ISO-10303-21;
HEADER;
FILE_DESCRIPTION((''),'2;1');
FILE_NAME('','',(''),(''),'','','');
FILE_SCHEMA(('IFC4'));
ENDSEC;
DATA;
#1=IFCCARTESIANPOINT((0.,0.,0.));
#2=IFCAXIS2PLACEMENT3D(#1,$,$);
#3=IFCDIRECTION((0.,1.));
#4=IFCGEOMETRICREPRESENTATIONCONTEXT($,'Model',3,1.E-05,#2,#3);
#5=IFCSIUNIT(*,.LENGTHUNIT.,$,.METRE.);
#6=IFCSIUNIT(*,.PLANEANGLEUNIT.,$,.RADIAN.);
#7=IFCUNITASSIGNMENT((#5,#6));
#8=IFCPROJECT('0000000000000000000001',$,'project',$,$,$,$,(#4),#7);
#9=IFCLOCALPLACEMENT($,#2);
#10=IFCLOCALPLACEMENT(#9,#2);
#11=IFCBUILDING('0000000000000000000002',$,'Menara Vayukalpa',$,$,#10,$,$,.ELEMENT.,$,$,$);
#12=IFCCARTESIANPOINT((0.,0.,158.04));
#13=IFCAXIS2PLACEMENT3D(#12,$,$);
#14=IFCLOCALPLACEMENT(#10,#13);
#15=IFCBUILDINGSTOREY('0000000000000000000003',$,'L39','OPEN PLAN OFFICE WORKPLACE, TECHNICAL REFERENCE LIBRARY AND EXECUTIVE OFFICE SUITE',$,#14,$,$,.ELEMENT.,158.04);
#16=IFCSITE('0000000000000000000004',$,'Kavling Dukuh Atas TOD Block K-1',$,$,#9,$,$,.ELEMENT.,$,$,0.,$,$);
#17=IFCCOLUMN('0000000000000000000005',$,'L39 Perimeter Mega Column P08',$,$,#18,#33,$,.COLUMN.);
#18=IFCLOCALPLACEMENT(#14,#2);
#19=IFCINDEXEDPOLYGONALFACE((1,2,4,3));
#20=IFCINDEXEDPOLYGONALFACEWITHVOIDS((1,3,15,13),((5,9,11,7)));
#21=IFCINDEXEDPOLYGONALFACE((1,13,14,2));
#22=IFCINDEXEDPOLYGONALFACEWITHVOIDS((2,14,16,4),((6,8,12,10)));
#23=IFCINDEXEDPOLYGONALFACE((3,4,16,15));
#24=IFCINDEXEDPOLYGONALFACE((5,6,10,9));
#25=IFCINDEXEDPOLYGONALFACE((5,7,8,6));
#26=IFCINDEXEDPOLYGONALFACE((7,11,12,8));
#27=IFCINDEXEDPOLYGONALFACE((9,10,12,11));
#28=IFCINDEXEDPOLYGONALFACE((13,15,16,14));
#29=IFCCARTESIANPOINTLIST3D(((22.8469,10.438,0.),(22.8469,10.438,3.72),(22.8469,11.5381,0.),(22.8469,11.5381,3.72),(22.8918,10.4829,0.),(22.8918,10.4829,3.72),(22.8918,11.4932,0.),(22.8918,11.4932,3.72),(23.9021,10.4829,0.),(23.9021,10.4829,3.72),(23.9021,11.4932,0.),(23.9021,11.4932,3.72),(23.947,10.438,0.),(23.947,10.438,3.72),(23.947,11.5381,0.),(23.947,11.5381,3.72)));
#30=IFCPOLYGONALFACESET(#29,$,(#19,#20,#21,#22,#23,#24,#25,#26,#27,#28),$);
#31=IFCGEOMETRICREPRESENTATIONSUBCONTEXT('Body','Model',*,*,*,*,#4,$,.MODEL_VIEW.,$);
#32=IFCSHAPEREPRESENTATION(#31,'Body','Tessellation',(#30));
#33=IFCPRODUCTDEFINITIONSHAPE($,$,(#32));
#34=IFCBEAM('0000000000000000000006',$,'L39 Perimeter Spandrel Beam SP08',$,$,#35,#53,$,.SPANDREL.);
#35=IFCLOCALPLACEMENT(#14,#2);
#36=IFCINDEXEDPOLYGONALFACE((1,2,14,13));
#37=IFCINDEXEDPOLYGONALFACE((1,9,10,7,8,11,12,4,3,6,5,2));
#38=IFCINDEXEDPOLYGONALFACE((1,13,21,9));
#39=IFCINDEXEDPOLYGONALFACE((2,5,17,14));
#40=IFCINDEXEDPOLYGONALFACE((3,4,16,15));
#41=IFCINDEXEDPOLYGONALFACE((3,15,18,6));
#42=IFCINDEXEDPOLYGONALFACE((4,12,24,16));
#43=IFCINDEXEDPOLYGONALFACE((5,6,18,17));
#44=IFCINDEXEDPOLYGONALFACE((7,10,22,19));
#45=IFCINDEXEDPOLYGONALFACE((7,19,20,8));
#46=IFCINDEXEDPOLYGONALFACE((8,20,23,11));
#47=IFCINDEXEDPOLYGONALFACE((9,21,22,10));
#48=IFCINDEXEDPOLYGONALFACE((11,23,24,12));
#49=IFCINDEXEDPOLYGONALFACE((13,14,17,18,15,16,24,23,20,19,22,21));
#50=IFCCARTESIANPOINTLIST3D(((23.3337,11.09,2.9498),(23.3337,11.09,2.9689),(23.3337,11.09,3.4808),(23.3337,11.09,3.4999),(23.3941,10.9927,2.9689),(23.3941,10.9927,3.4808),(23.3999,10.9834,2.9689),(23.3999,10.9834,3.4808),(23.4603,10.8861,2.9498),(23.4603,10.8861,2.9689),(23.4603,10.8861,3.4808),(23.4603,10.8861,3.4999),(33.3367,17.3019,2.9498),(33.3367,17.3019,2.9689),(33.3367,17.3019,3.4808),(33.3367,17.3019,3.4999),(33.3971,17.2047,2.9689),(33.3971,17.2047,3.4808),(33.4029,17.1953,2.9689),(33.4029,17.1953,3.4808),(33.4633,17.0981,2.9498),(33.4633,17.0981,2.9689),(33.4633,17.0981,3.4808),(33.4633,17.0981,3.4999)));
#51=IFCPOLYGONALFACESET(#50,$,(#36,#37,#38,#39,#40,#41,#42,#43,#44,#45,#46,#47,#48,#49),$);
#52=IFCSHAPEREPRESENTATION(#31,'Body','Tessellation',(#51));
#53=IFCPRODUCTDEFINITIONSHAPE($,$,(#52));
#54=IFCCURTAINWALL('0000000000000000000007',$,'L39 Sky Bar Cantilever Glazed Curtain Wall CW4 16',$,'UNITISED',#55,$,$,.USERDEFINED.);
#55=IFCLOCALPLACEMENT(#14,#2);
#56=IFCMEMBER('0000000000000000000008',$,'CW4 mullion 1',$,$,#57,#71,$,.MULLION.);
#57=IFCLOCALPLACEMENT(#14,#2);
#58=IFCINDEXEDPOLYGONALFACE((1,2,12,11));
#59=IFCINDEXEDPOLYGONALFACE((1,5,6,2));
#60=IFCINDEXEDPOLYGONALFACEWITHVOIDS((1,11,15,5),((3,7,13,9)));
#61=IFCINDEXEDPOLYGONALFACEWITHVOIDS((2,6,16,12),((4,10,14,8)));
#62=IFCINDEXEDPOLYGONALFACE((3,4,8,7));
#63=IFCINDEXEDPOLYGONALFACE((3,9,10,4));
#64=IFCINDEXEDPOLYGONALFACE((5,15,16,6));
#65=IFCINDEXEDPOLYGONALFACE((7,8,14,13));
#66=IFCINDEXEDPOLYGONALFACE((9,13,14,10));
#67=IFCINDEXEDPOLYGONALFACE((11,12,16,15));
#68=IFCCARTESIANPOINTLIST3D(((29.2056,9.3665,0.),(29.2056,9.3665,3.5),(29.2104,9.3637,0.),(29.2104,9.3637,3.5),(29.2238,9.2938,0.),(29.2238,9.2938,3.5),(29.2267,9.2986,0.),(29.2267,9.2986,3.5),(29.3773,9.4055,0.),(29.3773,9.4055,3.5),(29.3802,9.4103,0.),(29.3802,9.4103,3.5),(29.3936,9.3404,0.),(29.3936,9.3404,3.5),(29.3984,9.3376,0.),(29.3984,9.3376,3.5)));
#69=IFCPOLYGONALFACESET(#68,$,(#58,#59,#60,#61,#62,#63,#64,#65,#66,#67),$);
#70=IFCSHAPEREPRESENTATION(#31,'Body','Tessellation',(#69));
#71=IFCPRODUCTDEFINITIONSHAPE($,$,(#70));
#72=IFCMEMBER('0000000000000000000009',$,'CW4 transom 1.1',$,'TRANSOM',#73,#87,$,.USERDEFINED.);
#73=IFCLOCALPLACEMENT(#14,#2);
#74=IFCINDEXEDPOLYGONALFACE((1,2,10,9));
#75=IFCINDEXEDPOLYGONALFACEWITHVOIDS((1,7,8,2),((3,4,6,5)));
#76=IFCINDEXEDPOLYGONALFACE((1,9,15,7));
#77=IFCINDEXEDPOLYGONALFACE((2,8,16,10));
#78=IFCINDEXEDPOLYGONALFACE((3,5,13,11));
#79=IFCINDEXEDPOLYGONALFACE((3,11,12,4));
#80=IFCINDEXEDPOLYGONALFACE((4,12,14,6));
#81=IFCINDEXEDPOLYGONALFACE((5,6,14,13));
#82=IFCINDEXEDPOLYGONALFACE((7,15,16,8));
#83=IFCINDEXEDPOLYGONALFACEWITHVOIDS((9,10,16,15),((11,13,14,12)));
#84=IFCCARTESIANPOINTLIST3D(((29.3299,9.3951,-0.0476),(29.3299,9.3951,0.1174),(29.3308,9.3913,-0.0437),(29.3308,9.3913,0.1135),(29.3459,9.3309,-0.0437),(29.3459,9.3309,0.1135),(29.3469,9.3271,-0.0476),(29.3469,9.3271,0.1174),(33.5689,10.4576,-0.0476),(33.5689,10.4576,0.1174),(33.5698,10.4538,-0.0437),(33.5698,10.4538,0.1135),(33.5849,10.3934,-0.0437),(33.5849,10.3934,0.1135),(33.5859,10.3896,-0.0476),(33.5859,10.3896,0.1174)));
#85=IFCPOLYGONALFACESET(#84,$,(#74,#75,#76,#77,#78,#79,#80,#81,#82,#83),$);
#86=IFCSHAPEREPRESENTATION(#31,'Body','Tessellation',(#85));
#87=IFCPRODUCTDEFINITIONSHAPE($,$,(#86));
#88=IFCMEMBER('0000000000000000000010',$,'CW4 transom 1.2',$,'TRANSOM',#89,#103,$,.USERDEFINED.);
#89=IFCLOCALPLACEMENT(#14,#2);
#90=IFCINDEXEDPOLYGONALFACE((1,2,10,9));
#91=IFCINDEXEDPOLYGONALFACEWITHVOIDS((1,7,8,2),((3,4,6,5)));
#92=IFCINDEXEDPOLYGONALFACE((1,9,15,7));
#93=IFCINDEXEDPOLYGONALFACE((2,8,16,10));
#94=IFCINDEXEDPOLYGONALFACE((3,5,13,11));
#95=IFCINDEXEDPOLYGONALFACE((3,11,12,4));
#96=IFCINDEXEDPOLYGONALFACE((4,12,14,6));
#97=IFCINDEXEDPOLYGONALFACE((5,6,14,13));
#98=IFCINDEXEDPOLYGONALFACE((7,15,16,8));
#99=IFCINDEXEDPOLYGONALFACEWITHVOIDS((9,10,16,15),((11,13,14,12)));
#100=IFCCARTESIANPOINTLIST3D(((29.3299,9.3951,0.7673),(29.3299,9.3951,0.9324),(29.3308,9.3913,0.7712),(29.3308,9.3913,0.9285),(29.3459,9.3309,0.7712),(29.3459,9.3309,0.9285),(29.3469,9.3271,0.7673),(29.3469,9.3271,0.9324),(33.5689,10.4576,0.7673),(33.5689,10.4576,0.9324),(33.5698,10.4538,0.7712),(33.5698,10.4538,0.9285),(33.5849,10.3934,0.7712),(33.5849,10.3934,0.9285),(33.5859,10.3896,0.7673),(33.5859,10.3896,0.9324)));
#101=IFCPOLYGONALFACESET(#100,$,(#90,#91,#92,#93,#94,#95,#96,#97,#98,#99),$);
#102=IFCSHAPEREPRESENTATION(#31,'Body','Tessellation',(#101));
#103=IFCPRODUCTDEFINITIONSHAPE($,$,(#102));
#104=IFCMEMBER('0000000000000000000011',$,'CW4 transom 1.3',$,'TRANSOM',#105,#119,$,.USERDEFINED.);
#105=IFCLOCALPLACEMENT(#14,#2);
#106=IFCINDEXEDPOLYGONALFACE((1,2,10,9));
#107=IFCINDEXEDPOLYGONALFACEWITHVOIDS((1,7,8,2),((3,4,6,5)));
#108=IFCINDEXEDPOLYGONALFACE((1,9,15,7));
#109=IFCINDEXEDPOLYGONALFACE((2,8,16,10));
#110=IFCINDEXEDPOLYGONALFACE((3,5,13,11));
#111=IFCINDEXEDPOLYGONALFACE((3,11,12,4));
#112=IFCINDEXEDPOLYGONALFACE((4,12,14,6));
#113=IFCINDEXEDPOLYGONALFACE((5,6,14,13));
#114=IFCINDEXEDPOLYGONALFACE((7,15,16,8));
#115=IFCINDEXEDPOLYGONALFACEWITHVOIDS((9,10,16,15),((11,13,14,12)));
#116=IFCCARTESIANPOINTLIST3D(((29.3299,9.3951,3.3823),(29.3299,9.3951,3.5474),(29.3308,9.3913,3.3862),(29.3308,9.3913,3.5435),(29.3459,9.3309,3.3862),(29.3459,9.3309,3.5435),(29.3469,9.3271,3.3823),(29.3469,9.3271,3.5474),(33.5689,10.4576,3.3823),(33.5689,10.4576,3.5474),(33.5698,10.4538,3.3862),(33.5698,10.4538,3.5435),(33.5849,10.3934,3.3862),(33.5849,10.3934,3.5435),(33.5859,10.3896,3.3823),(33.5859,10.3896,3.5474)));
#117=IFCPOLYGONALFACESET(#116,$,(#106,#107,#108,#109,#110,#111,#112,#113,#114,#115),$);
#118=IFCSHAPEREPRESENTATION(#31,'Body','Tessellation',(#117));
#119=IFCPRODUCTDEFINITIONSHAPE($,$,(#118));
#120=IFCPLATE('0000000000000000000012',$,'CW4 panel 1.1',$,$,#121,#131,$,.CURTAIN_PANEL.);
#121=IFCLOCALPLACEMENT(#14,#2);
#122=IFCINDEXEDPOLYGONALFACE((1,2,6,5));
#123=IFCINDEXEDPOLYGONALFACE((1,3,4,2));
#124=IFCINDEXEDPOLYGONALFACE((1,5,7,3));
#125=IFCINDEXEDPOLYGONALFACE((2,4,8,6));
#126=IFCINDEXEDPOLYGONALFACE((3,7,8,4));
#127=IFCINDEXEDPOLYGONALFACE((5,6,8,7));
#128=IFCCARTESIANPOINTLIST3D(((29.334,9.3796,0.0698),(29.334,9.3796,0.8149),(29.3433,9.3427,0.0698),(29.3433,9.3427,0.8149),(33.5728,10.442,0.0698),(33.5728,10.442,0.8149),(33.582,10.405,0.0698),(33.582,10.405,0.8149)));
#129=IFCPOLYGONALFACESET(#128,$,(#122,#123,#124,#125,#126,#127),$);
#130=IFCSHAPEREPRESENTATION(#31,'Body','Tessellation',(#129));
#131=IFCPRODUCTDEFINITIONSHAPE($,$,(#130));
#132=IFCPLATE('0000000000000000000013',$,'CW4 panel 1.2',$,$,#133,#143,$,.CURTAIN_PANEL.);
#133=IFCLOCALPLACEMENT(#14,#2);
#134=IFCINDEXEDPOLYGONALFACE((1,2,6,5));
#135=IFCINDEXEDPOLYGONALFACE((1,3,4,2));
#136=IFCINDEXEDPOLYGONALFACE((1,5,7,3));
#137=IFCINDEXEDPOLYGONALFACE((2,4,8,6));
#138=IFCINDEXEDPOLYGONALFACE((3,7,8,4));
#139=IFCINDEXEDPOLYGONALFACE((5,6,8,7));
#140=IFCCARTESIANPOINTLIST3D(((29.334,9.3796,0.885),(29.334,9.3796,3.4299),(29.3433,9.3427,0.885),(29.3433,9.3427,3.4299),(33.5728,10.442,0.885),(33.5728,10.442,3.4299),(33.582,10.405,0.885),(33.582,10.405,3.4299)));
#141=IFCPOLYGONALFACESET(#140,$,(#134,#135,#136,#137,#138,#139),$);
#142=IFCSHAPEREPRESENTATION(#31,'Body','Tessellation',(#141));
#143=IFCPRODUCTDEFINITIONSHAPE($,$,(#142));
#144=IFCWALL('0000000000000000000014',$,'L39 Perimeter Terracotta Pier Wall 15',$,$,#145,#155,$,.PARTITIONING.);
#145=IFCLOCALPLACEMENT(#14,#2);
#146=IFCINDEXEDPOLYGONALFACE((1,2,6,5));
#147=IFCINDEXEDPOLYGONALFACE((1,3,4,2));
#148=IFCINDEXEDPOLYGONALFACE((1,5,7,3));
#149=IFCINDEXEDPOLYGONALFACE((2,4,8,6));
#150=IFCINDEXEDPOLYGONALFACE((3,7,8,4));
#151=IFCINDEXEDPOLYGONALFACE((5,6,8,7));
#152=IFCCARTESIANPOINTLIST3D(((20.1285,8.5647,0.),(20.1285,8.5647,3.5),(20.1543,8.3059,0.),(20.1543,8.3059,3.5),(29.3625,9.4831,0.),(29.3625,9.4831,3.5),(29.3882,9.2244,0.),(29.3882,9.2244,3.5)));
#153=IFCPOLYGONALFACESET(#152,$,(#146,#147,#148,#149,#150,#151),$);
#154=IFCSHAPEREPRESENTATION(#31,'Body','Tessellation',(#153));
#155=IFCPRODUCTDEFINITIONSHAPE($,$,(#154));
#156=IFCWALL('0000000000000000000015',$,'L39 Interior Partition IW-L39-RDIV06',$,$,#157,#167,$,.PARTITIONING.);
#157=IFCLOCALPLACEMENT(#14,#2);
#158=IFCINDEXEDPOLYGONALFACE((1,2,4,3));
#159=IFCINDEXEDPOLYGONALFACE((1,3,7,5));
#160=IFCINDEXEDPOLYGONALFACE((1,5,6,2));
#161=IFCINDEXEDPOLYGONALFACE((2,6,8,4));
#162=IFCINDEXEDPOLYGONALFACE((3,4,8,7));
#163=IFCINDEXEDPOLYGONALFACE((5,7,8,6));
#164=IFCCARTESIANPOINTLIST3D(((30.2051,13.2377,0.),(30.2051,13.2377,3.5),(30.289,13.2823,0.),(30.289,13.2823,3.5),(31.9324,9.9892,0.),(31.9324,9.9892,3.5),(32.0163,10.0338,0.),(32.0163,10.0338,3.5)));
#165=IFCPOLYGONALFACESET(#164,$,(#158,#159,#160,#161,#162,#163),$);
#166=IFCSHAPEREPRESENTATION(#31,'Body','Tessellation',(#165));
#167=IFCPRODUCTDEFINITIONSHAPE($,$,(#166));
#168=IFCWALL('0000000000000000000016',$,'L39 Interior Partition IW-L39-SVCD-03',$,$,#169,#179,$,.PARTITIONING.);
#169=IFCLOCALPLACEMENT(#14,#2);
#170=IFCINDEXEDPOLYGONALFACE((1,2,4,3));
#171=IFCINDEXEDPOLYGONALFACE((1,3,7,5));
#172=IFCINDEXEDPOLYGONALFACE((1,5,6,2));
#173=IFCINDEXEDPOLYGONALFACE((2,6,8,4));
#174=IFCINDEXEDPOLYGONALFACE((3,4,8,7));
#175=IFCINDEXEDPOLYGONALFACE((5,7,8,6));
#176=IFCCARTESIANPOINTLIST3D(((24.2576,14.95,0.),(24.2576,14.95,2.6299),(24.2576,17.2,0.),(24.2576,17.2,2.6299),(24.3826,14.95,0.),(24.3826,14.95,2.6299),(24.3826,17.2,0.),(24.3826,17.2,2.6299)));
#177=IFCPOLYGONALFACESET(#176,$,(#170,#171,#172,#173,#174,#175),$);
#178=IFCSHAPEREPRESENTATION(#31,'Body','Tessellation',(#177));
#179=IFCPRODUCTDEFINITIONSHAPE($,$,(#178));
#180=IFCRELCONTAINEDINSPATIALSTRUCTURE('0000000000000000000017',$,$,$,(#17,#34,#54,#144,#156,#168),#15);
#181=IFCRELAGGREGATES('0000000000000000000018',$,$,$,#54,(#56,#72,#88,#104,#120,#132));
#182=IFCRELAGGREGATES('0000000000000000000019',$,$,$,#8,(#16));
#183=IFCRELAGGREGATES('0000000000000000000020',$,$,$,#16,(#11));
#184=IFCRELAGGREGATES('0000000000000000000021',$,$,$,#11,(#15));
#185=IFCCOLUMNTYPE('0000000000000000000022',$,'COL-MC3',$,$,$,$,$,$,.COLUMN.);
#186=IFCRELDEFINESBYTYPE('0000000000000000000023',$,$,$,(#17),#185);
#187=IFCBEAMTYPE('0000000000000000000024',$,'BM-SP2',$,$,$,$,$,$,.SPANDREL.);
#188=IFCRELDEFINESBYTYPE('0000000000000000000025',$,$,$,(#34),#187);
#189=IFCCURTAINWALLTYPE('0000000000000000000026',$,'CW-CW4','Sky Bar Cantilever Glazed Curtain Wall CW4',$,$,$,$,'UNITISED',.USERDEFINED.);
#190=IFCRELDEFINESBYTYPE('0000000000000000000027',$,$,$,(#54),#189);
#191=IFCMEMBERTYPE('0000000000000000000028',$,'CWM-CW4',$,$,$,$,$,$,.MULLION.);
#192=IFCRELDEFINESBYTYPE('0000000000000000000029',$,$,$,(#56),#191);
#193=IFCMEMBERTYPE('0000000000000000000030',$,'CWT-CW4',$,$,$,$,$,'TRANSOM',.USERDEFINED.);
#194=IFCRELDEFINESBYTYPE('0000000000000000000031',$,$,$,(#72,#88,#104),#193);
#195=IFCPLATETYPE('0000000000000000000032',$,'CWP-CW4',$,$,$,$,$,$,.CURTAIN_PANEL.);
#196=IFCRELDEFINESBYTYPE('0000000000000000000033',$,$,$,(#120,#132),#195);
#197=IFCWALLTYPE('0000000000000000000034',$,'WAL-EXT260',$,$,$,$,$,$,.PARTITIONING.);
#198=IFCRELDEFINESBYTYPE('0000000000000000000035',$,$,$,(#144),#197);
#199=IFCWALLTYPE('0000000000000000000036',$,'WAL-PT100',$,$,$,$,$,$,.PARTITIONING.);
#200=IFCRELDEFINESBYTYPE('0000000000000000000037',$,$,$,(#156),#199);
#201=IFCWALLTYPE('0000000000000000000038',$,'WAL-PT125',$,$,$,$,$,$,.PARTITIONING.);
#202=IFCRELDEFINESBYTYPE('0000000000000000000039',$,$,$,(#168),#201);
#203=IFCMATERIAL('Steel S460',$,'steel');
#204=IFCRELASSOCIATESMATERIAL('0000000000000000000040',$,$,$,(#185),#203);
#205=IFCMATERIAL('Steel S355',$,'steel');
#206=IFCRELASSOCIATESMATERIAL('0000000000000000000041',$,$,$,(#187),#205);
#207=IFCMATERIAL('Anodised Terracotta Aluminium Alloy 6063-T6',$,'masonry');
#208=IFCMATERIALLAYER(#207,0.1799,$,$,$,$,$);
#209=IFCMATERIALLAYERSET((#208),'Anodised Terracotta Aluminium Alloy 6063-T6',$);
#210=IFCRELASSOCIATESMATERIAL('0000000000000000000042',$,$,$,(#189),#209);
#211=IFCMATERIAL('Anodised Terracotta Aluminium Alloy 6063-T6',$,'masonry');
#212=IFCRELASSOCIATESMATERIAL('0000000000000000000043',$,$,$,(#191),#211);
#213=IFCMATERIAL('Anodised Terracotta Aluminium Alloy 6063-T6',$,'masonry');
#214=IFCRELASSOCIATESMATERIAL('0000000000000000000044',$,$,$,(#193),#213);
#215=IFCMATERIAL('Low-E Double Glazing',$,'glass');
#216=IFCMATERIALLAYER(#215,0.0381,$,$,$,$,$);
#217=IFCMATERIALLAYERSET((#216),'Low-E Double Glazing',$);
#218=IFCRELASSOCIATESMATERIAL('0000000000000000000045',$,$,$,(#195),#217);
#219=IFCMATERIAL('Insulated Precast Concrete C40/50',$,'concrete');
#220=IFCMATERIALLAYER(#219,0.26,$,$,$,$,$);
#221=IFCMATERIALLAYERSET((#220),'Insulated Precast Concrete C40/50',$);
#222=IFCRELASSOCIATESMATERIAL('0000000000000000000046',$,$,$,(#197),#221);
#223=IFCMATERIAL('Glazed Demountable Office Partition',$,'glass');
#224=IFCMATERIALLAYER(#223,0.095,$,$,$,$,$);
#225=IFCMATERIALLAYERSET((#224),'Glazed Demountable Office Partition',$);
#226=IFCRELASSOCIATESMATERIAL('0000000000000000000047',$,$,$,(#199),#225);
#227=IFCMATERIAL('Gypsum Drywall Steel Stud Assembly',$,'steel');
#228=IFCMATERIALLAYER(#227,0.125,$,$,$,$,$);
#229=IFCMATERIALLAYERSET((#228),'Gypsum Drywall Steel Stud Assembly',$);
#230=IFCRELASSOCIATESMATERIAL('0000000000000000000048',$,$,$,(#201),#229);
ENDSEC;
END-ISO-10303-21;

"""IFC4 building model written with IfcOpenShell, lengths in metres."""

from ifc_helpers import new_model, si_unit, direction, frame, frame_2d, origin, origin_2d, place, context, subcontext, project, spatial, rectangle, hollow_rectangle, i_section, extrude, material, layer, layer_set, material_profile, profile_set, type_object, element, aggregate, save


model = new_model("IFC4")

# Units and contexts
model_context = context("Model", 3, precision=1e-05, world=origin(), true_north=direction((0.0, 1.0)))
body_context = subcontext(model_context, "Body", "Model", "MODEL_VIEW")
ifc_project = project(units=[si_unit("LENGTHUNIT", "METRE"), si_unit("PLANEANGLEUNIT", "RADIAN")], contexts=[model_context])

# Site, building, storey
site_placement = place(None, origin())
site = spatial("IfcSite", under=ifc_project, at=site_placement, Name="Kavling Dukuh Atas TOD Block K-1", CompositionType="ELEMENT", RefElevation=0.0)
building_placement = place(site_placement, origin())
building = spatial("IfcBuilding", under=site, at=building_placement, Name="Menara Vayukalpa", CompositionType="ELEMENT")
storey_placement = place(building_placement, frame((0.0, 0.0, 158.04)))
storey = spatial("IfcBuildingStorey", under=building, at=storey_placement, Name="L39", Description="OPEN PLAN OFFICE WORKPLACE, TECHNICAL REFERENCE LIBRARY AND EXECUTIVE OFFICE SUITE", CompositionType="ELEMENT", Elevation=158.04)

# Column
ifc_material_1 = material(Name="Steel S460", Category="steel")
ifc_material_profile_1 = material_profile(ifc_material_1, hollow_rectangle(XDim=1.1001, YDim=1.1001, WallThickness=0.0449, at=origin_2d()), Name="BOX 1100x1100x45")
ifc_profile_set_1 = profile_set([ifc_material_profile_1], Name="Steel S460")
column_type = type_object("IfcColumnType", Name="COL-MC3", PredefinedType="COLUMN", material=ifc_profile_set_1)
column_placement = place(storey_placement, frame((23.397, 10.988, 0.0), z_axis=(0.0, 0.0, 1.0), x_axis=(1.0, 0.0, 0.0)))
element("IfcColumn", 1, at=column_placement, inside=storey, type_object=column_type, Name="L39 Perimeter Mega Column P08", PredefinedType="COLUMN", context=body_context, shape_type="SweptSolid", body=[
    extrude(hollow_rectangle(XDim=1.1001, YDim=1.1001, WallThickness=0.0449, at=origin_2d()), origin(), (0.0, 0.0, 1.0), 3.72),
])

# Beam
ifc_material_2 = material(Name="Steel S355", Category="steel")
ifc_material_profile_2 = material_profile(ifc_material_2, i_section(OverallWidth=0.24, OverallDepth=0.55, WebThickness=0.011, FlangeThickness=0.019, at=origin_2d()), Name="WF 550x240x11x19")
ifc_profile_set_2 = profile_set([ifc_material_profile_2], Name="Steel S355")
beam_type = type_object("IfcBeamType", Name="BM-SP2", PredefinedType="SPANDREL", material=ifc_profile_set_2)
beam_placement = place(storey_placement, frame((23.397, 10.988, 3.2249), z_axis=(0.849518, 0.527559, 0.0), x_axis=(-0.527559, 0.849518, 0.0)))
element("IfcBeam", 2, at=beam_placement, inside=storey, type_object=beam_type, Name="L39 Perimeter Spandrel Beam SP08", PredefinedType="SPANDREL", context=body_context, shape_type="SweptSolid", body=[
    extrude(i_section(OverallWidth=0.24, OverallDepth=0.55, WebThickness=0.011, FlangeThickness=0.019, at=origin_2d()), origin(), (0.0, 0.0, 1.0), 11.7749),
])

# Curtain wall, members, plates
ifc_material_3 = material(Name="Anodised Terracotta Aluminium Alloy 6063-T6", Category="masonry")
ifc_layer_1 = layer(ifc_material_3, 0.1799)
ifc_layer_set_1 = layer_set([ifc_layer_1], Name="Anodised Terracotta Aluminium Alloy 6063-T6")
curtain_wall_type = type_object("IfcCurtainWallType", Name="CW-CW4", Description="Sky Bar Cantilever Glazed Curtain Wall CW4", ElementType="UNITISED", PredefinedType="USERDEFINED", material=ifc_layer_set_1)
curtain_wall_placement = place(storey_placement, origin())
curtain_wall = element("IfcCurtainWall", 3, at=curtain_wall_placement, inside=storey, type_object=curtain_wall_type, Name="L39 Sky Bar Cantilever Glazed Curtain Wall CW4 16", ObjectType="UNITISED", PredefinedType="USERDEFINED")
ifc_material_4 = material(Name="Anodised Terracotta Aluminium Alloy 6063-T6", Category="masonry")
ifc_material_profile_3 = material_profile(ifc_material_4, hollow_rectangle(XDim=0.075, YDim=0.1799, WallThickness=0.0039, at=origin_2d()), Name="ALU 75x180x4")
ifc_profile_set_3 = profile_set([ifc_material_profile_3], Name="Anodised Terracotta Aluminium Alloy 6063-T6")
member_type_1 = type_object("IfcMemberType", Name="CWM-CW4", PredefinedType="MULLION", material=ifc_profile_set_3)
member_1_placement = place(storey_placement, frame((29.302, 9.3521, 0.0), z_axis=(0.0, 0.0, 1.0), x_axis=(-0.243113, 0.969998, 0.0)))
member_1 = element("IfcMember", 4, at=member_1_placement, type_object=member_type_1, Name="CW4 mullion 1", PredefinedType="MULLION", context=body_context, shape_type="SweptSolid", body=[
    extrude(hollow_rectangle(XDim=0.075, YDim=0.1799, WallThickness=0.0039, at=origin_2d()), origin(), (0.0, 0.0, 1.0), 3.5),
])
ifc_material_5 = material(Name="Anodised Terracotta Aluminium Alloy 6063-T6", Category="masonry")
ifc_material_profile_4 = material_profile(ifc_material_5, hollow_rectangle(XDim=0.0701, YDim=0.165, WallThickness=0.0039, at=origin_2d()), Name="ALU 70x165x4")
ifc_profile_set_4 = profile_set([ifc_material_profile_4], Name="Anodised Terracotta Aluminium Alloy 6063-T6")
member_type_2 = type_object("IfcMemberType", Name="CWT-CW4", ElementType="TRANSOM", PredefinedType="USERDEFINED", material=ifc_profile_set_4)
member_2_placement = place(storey_placement, frame((29.3384, 9.3611, 0.0349), z_axis=(0.969994, 0.243127, 0.0), x_axis=(-0.243127, 0.969994, 0.0)))
member_2 = element("IfcMember", 5, at=member_2_placement, type_object=member_type_2, Name="CW4 transom 1.1", ObjectType="TRANSOM", PredefinedType="USERDEFINED", context=body_context, shape_type="SweptSolid", body=[
    extrude(hollow_rectangle(XDim=0.0701, YDim=0.165, WallThickness=0.0039, at=origin_2d()), origin(), (0.0, 0.0, 1.0), 4.3701),
])
member_3_placement = place(storey_placement, frame((29.3384, 9.3611, 0.8499), z_axis=(0.969994, 0.243127, 0.0), x_axis=(-0.243127, 0.969994, 0.0)))
member_3 = element("IfcMember", 6, at=member_3_placement, type_object=member_type_2, Name="CW4 transom 1.2", ObjectType="TRANSOM", PredefinedType="USERDEFINED", context=body_context, shape_type="SweptSolid", body=[
    extrude(hollow_rectangle(XDim=0.0701, YDim=0.165, WallThickness=0.0039, at=origin_2d()), origin(), (0.0, 0.0, 1.0), 4.3701),
])
member_4_placement = place(storey_placement, frame((29.3384, 9.3611, 3.4648), z_axis=(0.969994, 0.243127, 0.0), x_axis=(-0.243127, 0.969994, 0.0)))
member_4 = element("IfcMember", 7, at=member_4_placement, type_object=member_type_2, Name="CW4 transom 1.3", ObjectType="TRANSOM", PredefinedType="USERDEFINED", context=body_context, shape_type="SweptSolid", body=[
    extrude(hollow_rectangle(XDim=0.0701, YDim=0.165, WallThickness=0.0039, at=origin_2d()), origin(), (0.0, 0.0, 1.0), 4.3701),
])
ifc_material_6 = material(Name="Low-E Double Glazing", Category="glass")
ifc_layer_2 = layer(ifc_material_6, 0.0381)
ifc_layer_set_2 = layer_set([ifc_layer_2], Name="Low-E Double Glazing")
plate_type = type_object("IfcPlateType", Name="CWP-CW4", PredefinedType="CURTAIN_PANEL", material=ifc_layer_set_2)
plate_1_placement = place(storey_placement, frame((31.458, 9.8923, 0.0698), z_axis=(0.0, 0.0, 1.0), x_axis=(0.969998, 0.243113, 0.0)))
plate_1 = element("IfcPlate", 8, at=plate_1_placement, type_object=plate_type, Name="CW4 panel 1.1", PredefinedType="CURTAIN_PANEL", context=body_context, shape_type="SweptSolid", body=[
    extrude(rectangle(XDim=4.3699, YDim=0.0381, at=origin_2d()), origin(), (0.0, 0.0, 1.0), 0.7451),
])
plate_2_placement = place(storey_placement, frame((31.458, 9.8923, 0.885), z_axis=(0.0, 0.0, 1.0), x_axis=(0.969998, 0.243113, 0.0)))
plate_2 = element("IfcPlate", 9, at=plate_2_placement, type_object=plate_type, Name="CW4 panel 1.2", PredefinedType="CURTAIN_PANEL", context=body_context, shape_type="SweptSolid", body=[
    extrude(rectangle(XDim=4.3699, YDim=0.0381, at=origin_2d()), origin(), (0.0, 0.0, 1.0), 2.5449),
])
aggregate(curtain_wall, [member_1, member_2, member_3, member_4, plate_1, plate_2])

# Walls
ifc_material_7 = material(Name="Insulated Precast Concrete C40/50", Category="concrete")
ifc_layer_3 = layer(ifc_material_7, 0.26)
ifc_layer_set_3 = layer_set([ifc_layer_3], Name="Insulated Precast Concrete C40/50")
wall_type_1 = type_object("IfcWallType", Name="WAL-EXT260", PredefinedType="PARTITIONING", material=ifc_layer_set_3)
wall_1_placement = place(storey_placement, frame((29.3752, 9.3538, 0.0), z_axis=(0.0, 0.0, 1.0), x_axis=(-0.99509, -0.098978, 0.0)))
element("IfcWall", 10, at=wall_1_placement, inside=storey, type_object=wall_type_1, Name="L39 Perimeter Terracotta Pier Wall 15", PredefinedType="PARTITIONING", context=body_context, shape_type="SweptSolid", body=[
    extrude(rectangle(XDim=9.2795, YDim=0.26, at=frame_2d((4.6396, 0.0))), origin(), (0.0, 0.0, 1.0), 3.5),
])
ifc_material_8 = material(Name="Glazed Demountable Office Partition", Category="glass")
ifc_layer_4 = layer(ifc_material_8, 0.095)
ifc_layer_set_4 = layer_set([ifc_layer_4], Name="Glazed Demountable Office Partition")
wall_type_2 = type_object("IfcWallType", Name="WAL-PT100", PredefinedType="PARTITIONING", material=ifc_layer_set_4)
wall_2_placement = place(storey_placement, frame((30.2471, 13.26, 0.0), z_axis=(0.0, 0.0, 1.0), x_axis=(0.469475, -0.882946, 0.0)))
element("IfcWall", 11, at=wall_2_placement, inside=storey, type_object=wall_type_2, Name="L39 Interior Partition IW-L39-RDIV06", PredefinedType="PARTITIONING", context=body_context, shape_type="SweptSolid", body=[
    extrude(rectangle(XDim=3.6792, YDim=0.095, at=frame_2d((1.8396, 0.0))), origin(), (0.0, 0.0, 1.0), 3.5),
])
ifc_material_9 = material(Name="Gypsum Drywall Steel Stud Assembly", Category="steel")
ifc_layer_5 = layer(ifc_material_9, 0.125)
ifc_layer_set_5 = layer_set([ifc_layer_5], Name="Gypsum Drywall Steel Stud Assembly")
wall_type_3 = type_object("IfcWallType", Name="WAL-PT125", PredefinedType="PARTITIONING", material=ifc_layer_set_5)
wall_3_placement = place(storey_placement, frame((24.3201, 14.95, 0.0), z_axis=(0.0, 0.0, 1.0), x_axis=(0.0, 1.0, 0.0)))
element("IfcWall", 12, at=wall_3_placement, inside=storey, type_object=wall_type_3, Name="L39 Interior Partition IW-L39-SVCD-03", PredefinedType="PARTITIONING", context=body_context, shape_type="SweptSolid", body=[
    extrude(rectangle(XDim=2.25, YDim=0.125, at=frame_2d((1.125, 0.0))), origin(), (0.0, 0.0, 1.0), 2.6299),
])

save(model, "model.ifc")
